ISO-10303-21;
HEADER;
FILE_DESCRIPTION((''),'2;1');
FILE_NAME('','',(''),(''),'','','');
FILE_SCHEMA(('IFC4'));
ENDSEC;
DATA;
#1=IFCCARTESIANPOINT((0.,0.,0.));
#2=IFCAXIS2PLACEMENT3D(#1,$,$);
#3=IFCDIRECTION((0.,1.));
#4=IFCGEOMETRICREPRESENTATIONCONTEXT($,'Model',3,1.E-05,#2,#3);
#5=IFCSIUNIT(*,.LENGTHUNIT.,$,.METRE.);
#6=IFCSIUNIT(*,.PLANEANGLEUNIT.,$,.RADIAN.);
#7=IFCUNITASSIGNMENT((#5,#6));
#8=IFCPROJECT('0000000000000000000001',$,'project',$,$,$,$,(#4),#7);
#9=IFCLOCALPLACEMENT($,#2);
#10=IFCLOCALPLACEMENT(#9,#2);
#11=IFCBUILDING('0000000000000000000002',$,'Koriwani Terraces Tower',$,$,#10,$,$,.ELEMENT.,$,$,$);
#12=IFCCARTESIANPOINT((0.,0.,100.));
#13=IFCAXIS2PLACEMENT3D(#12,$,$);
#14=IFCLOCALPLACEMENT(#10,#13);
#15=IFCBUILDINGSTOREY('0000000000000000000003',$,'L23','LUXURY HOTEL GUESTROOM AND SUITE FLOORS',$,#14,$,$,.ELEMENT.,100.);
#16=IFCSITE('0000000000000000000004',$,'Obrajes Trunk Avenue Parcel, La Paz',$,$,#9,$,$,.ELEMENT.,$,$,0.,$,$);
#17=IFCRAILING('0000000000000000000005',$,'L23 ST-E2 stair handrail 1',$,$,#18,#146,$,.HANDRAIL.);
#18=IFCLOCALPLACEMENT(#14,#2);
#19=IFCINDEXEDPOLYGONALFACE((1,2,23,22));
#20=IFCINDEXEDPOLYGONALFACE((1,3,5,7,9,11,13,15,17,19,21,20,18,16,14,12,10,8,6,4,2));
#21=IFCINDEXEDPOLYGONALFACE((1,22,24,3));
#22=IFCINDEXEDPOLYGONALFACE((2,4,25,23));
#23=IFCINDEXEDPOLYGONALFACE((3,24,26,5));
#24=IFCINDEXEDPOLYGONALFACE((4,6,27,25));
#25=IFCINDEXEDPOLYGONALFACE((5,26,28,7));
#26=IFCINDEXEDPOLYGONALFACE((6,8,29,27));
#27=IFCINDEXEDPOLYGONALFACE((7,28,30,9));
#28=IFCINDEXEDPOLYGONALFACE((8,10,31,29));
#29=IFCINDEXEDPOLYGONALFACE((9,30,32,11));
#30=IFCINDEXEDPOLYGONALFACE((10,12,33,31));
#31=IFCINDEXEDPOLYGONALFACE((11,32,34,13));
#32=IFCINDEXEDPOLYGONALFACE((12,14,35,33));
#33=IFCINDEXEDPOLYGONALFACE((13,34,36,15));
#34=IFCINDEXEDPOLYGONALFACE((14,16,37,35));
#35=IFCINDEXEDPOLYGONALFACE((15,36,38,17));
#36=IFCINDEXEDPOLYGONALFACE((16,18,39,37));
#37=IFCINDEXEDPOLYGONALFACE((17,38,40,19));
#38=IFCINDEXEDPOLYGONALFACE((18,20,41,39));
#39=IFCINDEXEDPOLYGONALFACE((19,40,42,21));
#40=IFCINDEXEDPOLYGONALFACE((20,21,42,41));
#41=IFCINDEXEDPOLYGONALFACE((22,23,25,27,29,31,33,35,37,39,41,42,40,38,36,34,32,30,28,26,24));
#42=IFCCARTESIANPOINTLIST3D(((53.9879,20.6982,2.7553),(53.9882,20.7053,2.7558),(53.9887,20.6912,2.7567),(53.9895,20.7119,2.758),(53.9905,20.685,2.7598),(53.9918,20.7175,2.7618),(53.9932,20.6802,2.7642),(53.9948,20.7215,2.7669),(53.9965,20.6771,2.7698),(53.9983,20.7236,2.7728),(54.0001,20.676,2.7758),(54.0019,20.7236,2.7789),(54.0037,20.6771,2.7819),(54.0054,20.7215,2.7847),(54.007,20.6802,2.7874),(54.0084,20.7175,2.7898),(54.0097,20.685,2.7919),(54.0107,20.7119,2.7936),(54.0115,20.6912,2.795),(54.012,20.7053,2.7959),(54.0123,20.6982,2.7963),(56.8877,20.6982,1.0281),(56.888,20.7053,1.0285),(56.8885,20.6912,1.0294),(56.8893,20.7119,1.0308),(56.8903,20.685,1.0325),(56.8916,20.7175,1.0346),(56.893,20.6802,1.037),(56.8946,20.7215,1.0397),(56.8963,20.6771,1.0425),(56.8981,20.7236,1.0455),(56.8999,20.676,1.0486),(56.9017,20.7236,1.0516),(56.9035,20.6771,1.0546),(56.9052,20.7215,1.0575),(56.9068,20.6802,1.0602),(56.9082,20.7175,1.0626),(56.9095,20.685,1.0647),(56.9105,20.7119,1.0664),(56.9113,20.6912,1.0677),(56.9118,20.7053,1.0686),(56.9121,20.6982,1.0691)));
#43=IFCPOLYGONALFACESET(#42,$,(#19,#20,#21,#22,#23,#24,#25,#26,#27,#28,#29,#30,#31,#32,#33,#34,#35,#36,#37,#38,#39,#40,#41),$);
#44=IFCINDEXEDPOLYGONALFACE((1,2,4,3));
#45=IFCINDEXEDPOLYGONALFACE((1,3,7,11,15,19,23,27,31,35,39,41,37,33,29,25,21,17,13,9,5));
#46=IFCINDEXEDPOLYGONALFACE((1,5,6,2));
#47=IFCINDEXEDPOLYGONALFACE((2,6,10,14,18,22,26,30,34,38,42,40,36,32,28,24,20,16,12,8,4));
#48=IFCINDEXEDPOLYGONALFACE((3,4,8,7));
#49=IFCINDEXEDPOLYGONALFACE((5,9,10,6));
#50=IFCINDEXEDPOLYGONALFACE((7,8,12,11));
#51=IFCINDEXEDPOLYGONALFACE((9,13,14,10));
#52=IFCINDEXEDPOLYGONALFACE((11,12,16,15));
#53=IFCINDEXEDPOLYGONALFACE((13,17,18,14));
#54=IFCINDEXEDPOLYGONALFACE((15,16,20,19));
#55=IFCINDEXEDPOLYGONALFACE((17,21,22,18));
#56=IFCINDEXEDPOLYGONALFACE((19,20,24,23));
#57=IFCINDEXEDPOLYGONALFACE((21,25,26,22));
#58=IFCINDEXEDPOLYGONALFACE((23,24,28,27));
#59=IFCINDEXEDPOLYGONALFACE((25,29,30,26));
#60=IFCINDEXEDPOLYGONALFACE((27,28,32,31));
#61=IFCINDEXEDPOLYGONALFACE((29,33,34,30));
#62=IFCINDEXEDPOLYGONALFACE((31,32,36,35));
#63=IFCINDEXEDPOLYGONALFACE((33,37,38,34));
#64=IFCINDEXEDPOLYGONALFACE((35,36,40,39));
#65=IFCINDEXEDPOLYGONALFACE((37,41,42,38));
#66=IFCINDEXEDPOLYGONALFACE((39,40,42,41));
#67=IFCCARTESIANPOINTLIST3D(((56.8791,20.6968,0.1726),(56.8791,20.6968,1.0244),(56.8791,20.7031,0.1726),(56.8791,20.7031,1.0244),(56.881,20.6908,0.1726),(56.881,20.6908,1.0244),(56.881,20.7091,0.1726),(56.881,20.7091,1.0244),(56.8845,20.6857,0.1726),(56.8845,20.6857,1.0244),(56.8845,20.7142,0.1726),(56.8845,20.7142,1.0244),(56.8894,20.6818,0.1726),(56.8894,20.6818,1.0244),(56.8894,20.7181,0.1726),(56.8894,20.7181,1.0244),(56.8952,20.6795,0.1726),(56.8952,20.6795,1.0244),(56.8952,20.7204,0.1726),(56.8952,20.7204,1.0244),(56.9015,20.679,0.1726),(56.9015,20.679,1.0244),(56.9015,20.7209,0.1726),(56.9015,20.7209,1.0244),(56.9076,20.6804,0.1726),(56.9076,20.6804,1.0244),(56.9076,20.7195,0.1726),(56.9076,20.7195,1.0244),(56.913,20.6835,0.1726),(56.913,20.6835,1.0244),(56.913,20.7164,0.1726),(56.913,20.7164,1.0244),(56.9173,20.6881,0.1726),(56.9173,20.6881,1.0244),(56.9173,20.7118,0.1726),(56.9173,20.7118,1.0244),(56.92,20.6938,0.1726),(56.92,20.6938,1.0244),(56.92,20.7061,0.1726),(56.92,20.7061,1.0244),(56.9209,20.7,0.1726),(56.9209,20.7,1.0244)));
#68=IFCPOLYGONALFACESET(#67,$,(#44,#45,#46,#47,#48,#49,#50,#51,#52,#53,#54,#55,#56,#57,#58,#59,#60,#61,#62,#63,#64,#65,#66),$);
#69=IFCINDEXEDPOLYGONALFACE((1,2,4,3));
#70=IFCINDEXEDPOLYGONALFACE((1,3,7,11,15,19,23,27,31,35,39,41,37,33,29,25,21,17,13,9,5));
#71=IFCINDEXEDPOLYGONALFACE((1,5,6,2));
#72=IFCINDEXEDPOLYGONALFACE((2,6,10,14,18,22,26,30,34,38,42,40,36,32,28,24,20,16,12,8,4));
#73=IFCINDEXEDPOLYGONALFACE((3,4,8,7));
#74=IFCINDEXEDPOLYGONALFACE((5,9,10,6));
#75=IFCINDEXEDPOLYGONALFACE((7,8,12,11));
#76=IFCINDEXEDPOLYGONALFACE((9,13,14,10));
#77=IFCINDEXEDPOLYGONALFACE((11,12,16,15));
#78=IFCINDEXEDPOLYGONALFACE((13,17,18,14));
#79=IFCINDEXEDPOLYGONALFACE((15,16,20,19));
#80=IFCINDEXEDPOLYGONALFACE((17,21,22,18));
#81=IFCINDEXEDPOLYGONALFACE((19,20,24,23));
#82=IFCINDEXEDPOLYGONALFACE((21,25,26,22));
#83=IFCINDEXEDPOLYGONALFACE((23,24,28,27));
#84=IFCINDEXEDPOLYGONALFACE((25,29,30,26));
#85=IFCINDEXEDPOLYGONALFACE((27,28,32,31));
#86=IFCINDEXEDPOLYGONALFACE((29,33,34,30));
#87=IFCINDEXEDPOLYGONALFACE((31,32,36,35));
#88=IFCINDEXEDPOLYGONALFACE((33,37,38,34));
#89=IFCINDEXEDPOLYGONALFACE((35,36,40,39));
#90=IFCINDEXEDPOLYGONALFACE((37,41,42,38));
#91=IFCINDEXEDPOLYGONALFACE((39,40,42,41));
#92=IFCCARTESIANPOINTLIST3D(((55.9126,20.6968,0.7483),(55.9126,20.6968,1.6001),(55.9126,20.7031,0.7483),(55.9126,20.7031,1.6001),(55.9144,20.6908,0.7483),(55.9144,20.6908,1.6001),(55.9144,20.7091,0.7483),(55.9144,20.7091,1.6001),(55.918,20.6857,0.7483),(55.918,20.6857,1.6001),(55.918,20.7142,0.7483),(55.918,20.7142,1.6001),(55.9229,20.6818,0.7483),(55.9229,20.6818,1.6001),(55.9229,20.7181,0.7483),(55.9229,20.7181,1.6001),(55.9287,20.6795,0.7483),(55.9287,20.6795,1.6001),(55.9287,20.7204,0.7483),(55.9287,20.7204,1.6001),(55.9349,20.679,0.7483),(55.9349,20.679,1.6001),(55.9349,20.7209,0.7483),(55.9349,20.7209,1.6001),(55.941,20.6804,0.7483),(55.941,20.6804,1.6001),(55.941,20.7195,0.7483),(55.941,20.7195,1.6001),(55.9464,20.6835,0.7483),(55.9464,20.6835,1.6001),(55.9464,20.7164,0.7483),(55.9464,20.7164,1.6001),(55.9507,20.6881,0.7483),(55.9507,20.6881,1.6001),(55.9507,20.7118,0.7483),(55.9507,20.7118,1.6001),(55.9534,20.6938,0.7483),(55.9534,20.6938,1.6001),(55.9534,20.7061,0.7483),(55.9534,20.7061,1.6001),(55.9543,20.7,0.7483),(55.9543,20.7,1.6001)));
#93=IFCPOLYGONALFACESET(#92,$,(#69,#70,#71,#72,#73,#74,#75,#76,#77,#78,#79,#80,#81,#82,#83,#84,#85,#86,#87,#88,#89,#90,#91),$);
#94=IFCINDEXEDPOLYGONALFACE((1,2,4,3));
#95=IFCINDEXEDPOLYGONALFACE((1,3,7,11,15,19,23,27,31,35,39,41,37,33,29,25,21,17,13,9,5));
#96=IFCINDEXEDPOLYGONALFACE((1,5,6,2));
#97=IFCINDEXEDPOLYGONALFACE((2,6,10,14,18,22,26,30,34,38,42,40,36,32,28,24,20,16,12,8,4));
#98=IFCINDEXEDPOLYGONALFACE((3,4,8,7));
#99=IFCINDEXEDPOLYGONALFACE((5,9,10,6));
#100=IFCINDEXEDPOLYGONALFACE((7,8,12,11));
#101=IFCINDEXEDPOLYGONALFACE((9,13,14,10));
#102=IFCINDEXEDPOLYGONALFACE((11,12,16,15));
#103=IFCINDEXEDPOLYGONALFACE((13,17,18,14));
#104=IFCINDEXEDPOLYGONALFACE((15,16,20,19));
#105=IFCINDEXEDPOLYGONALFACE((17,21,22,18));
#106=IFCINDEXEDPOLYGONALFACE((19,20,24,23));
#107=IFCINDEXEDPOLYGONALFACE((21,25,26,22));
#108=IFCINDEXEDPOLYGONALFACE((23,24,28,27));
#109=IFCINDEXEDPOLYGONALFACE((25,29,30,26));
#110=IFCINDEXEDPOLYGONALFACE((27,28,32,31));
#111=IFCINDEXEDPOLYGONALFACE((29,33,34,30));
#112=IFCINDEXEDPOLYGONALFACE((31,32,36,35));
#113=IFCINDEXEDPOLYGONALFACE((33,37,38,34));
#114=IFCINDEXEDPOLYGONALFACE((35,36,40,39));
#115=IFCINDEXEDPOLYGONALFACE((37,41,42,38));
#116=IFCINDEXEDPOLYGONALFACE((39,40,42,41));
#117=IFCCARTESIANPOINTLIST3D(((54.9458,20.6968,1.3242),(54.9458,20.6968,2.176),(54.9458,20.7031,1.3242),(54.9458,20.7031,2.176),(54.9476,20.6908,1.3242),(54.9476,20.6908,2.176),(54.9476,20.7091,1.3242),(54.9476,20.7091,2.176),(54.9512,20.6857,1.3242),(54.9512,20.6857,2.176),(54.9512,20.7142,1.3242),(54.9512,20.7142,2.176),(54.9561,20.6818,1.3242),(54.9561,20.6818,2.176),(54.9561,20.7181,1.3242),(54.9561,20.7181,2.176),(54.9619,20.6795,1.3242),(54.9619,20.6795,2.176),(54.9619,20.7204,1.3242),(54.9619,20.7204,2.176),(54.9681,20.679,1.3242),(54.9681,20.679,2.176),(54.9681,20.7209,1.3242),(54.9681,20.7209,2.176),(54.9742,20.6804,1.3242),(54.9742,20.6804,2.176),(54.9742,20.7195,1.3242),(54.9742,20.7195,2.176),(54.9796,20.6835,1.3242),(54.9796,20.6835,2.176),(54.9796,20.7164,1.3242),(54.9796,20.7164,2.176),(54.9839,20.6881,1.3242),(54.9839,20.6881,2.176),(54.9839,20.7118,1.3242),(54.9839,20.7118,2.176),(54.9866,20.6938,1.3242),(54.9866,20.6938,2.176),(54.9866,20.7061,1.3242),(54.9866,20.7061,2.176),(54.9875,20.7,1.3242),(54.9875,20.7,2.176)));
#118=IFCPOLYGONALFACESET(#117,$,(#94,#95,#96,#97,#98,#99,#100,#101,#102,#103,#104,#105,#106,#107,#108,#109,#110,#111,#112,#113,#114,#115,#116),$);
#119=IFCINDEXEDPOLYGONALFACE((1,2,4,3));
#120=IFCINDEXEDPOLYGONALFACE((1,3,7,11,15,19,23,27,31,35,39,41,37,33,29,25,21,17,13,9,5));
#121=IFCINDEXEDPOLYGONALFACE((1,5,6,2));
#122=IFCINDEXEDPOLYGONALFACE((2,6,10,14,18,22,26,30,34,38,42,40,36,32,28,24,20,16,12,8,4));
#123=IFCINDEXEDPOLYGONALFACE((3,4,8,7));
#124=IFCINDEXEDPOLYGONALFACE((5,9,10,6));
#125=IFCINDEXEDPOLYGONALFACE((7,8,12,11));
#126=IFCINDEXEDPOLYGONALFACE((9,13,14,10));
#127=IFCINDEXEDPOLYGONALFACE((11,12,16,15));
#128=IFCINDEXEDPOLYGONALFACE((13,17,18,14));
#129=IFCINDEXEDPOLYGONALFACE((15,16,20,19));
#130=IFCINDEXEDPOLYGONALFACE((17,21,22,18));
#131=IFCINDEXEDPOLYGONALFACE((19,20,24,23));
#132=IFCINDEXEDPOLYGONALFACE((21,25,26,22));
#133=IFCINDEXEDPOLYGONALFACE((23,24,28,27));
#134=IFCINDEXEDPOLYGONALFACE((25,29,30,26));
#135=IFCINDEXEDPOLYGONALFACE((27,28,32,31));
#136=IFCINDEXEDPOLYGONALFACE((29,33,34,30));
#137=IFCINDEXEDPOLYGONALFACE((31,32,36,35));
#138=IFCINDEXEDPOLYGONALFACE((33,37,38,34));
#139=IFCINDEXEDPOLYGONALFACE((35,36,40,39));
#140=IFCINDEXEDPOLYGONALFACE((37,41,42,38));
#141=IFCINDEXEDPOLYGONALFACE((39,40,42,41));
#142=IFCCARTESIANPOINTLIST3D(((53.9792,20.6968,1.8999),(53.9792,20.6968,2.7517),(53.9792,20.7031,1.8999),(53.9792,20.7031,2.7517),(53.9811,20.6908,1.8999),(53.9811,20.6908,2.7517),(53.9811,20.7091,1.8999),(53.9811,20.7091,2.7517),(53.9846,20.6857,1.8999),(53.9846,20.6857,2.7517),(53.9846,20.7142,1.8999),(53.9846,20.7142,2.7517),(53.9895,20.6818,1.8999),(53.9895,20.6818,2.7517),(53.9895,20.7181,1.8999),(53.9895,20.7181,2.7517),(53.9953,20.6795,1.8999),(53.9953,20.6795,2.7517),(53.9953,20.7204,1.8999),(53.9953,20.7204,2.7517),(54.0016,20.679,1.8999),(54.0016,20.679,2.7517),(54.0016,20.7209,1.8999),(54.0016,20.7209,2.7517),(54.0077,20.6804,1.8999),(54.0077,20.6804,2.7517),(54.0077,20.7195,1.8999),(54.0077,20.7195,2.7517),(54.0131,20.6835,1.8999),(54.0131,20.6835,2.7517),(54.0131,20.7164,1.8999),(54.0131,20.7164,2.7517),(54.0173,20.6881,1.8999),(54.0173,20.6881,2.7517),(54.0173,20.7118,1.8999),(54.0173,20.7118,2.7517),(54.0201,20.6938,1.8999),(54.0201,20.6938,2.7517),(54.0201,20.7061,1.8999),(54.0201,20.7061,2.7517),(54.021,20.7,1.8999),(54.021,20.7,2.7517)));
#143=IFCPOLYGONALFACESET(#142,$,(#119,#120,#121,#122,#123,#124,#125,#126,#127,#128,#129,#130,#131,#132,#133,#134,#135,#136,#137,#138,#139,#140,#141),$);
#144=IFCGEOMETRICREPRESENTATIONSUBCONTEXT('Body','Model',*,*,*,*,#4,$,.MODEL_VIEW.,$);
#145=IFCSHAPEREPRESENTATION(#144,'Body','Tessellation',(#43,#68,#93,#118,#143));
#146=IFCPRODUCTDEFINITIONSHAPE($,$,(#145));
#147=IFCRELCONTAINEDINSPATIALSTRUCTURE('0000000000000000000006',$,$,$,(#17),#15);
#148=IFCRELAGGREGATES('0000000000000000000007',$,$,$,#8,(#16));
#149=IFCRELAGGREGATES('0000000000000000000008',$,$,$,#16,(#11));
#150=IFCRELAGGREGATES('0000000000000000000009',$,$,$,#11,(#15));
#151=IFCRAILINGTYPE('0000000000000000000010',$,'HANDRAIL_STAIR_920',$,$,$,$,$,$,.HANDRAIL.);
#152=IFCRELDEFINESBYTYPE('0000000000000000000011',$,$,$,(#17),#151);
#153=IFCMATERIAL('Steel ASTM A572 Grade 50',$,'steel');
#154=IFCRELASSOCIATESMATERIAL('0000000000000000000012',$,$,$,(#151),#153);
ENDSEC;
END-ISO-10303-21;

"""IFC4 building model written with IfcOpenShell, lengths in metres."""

from ifc_helpers import new_model, si_unit, direction, frame, origin, origin_2d, place, context, subcontext, project, spatial, circle, extrude, material, type_object, element, save


model = new_model("IFC4")

# Units and contexts
model_context = context("Model", 3, precision=1e-05, world=origin(), true_north=direction((0.0, 1.0)))
body_context = subcontext(model_context, "Body", "Model", "MODEL_VIEW")
ifc_project = project(units=[si_unit("LENGTHUNIT", "METRE"), si_unit("PLANEANGLEUNIT", "RADIAN")], contexts=[model_context])

# Site, building, storey
site_placement = place(None, origin())
site = spatial("IfcSite", under=ifc_project, at=site_placement, Name="Obrajes Trunk Avenue Parcel, La Paz", CompositionType="ELEMENT", RefElevation=0.0)
building_placement = place(site_placement, origin())
building = spatial("IfcBuilding", under=site, at=building_placement, Name="Koriwani Terraces Tower", CompositionType="ELEMENT")
storey_placement = place(building_placement, frame((0.0, 0.0, 100.0)))
storey = spatial("IfcBuildingStorey", under=building, at=storey_placement, Name="L23", Description="LUXURY HOTEL GUESTROOM AND SUITE FLOORS", CompositionType="ELEMENT", Elevation=100.0)

# Shared definitions
ifc_material_1 = material(Name="Steel ASTM A572 Grade 50", Category="steel")

# Railing
railing_type_1 = type_object("IfcRailingType", Name="HANDRAIL_STAIR_920", PredefinedType="HANDRAIL", material=ifc_material_1)
railing_1_placement = place(storey_placement, frame((56.8999, 20.7, 0.1726)))
element("IfcRailing", 1, at=railing_1_placement, inside=storey, type_object=railing_type_1, Name="L23 ST-E2 stair handrail 1", PredefinedType="HANDRAIL", context=body_context, shape_type="SweptSolid", body=[
    extrude(circle(Radius=0.0239, at=origin_2d()), frame((0.0, 0.0, 0.876), z_axis=(-0.859141, 0.0, 0.511738), x_axis=(0.0, -1.0, 0.0)), (0.0, 0.0, 1.0), 3.3752),
    extrude(circle(Radius=0.021, at=origin_2d()), origin(), (0.0, 0.0, 1.0), 0.8518),
    extrude(circle(Radius=0.021, at=origin_2d()), frame((-0.9666, 0.0, 0.5757)), (0.0, 0.0, 1.0), 0.8518),
    extrude(circle(Radius=0.021, at=origin_2d()), frame((-1.9333, 0.0, 1.1516)), (0.0, 0.0, 1.0), 0.8518),
    extrude(circle(Radius=0.021, at=origin_2d()), frame((-2.8999, 0.0, 1.7273)), (0.0, 0.0, 1.0), 0.8518),
])

save(model, "model.ifc")
